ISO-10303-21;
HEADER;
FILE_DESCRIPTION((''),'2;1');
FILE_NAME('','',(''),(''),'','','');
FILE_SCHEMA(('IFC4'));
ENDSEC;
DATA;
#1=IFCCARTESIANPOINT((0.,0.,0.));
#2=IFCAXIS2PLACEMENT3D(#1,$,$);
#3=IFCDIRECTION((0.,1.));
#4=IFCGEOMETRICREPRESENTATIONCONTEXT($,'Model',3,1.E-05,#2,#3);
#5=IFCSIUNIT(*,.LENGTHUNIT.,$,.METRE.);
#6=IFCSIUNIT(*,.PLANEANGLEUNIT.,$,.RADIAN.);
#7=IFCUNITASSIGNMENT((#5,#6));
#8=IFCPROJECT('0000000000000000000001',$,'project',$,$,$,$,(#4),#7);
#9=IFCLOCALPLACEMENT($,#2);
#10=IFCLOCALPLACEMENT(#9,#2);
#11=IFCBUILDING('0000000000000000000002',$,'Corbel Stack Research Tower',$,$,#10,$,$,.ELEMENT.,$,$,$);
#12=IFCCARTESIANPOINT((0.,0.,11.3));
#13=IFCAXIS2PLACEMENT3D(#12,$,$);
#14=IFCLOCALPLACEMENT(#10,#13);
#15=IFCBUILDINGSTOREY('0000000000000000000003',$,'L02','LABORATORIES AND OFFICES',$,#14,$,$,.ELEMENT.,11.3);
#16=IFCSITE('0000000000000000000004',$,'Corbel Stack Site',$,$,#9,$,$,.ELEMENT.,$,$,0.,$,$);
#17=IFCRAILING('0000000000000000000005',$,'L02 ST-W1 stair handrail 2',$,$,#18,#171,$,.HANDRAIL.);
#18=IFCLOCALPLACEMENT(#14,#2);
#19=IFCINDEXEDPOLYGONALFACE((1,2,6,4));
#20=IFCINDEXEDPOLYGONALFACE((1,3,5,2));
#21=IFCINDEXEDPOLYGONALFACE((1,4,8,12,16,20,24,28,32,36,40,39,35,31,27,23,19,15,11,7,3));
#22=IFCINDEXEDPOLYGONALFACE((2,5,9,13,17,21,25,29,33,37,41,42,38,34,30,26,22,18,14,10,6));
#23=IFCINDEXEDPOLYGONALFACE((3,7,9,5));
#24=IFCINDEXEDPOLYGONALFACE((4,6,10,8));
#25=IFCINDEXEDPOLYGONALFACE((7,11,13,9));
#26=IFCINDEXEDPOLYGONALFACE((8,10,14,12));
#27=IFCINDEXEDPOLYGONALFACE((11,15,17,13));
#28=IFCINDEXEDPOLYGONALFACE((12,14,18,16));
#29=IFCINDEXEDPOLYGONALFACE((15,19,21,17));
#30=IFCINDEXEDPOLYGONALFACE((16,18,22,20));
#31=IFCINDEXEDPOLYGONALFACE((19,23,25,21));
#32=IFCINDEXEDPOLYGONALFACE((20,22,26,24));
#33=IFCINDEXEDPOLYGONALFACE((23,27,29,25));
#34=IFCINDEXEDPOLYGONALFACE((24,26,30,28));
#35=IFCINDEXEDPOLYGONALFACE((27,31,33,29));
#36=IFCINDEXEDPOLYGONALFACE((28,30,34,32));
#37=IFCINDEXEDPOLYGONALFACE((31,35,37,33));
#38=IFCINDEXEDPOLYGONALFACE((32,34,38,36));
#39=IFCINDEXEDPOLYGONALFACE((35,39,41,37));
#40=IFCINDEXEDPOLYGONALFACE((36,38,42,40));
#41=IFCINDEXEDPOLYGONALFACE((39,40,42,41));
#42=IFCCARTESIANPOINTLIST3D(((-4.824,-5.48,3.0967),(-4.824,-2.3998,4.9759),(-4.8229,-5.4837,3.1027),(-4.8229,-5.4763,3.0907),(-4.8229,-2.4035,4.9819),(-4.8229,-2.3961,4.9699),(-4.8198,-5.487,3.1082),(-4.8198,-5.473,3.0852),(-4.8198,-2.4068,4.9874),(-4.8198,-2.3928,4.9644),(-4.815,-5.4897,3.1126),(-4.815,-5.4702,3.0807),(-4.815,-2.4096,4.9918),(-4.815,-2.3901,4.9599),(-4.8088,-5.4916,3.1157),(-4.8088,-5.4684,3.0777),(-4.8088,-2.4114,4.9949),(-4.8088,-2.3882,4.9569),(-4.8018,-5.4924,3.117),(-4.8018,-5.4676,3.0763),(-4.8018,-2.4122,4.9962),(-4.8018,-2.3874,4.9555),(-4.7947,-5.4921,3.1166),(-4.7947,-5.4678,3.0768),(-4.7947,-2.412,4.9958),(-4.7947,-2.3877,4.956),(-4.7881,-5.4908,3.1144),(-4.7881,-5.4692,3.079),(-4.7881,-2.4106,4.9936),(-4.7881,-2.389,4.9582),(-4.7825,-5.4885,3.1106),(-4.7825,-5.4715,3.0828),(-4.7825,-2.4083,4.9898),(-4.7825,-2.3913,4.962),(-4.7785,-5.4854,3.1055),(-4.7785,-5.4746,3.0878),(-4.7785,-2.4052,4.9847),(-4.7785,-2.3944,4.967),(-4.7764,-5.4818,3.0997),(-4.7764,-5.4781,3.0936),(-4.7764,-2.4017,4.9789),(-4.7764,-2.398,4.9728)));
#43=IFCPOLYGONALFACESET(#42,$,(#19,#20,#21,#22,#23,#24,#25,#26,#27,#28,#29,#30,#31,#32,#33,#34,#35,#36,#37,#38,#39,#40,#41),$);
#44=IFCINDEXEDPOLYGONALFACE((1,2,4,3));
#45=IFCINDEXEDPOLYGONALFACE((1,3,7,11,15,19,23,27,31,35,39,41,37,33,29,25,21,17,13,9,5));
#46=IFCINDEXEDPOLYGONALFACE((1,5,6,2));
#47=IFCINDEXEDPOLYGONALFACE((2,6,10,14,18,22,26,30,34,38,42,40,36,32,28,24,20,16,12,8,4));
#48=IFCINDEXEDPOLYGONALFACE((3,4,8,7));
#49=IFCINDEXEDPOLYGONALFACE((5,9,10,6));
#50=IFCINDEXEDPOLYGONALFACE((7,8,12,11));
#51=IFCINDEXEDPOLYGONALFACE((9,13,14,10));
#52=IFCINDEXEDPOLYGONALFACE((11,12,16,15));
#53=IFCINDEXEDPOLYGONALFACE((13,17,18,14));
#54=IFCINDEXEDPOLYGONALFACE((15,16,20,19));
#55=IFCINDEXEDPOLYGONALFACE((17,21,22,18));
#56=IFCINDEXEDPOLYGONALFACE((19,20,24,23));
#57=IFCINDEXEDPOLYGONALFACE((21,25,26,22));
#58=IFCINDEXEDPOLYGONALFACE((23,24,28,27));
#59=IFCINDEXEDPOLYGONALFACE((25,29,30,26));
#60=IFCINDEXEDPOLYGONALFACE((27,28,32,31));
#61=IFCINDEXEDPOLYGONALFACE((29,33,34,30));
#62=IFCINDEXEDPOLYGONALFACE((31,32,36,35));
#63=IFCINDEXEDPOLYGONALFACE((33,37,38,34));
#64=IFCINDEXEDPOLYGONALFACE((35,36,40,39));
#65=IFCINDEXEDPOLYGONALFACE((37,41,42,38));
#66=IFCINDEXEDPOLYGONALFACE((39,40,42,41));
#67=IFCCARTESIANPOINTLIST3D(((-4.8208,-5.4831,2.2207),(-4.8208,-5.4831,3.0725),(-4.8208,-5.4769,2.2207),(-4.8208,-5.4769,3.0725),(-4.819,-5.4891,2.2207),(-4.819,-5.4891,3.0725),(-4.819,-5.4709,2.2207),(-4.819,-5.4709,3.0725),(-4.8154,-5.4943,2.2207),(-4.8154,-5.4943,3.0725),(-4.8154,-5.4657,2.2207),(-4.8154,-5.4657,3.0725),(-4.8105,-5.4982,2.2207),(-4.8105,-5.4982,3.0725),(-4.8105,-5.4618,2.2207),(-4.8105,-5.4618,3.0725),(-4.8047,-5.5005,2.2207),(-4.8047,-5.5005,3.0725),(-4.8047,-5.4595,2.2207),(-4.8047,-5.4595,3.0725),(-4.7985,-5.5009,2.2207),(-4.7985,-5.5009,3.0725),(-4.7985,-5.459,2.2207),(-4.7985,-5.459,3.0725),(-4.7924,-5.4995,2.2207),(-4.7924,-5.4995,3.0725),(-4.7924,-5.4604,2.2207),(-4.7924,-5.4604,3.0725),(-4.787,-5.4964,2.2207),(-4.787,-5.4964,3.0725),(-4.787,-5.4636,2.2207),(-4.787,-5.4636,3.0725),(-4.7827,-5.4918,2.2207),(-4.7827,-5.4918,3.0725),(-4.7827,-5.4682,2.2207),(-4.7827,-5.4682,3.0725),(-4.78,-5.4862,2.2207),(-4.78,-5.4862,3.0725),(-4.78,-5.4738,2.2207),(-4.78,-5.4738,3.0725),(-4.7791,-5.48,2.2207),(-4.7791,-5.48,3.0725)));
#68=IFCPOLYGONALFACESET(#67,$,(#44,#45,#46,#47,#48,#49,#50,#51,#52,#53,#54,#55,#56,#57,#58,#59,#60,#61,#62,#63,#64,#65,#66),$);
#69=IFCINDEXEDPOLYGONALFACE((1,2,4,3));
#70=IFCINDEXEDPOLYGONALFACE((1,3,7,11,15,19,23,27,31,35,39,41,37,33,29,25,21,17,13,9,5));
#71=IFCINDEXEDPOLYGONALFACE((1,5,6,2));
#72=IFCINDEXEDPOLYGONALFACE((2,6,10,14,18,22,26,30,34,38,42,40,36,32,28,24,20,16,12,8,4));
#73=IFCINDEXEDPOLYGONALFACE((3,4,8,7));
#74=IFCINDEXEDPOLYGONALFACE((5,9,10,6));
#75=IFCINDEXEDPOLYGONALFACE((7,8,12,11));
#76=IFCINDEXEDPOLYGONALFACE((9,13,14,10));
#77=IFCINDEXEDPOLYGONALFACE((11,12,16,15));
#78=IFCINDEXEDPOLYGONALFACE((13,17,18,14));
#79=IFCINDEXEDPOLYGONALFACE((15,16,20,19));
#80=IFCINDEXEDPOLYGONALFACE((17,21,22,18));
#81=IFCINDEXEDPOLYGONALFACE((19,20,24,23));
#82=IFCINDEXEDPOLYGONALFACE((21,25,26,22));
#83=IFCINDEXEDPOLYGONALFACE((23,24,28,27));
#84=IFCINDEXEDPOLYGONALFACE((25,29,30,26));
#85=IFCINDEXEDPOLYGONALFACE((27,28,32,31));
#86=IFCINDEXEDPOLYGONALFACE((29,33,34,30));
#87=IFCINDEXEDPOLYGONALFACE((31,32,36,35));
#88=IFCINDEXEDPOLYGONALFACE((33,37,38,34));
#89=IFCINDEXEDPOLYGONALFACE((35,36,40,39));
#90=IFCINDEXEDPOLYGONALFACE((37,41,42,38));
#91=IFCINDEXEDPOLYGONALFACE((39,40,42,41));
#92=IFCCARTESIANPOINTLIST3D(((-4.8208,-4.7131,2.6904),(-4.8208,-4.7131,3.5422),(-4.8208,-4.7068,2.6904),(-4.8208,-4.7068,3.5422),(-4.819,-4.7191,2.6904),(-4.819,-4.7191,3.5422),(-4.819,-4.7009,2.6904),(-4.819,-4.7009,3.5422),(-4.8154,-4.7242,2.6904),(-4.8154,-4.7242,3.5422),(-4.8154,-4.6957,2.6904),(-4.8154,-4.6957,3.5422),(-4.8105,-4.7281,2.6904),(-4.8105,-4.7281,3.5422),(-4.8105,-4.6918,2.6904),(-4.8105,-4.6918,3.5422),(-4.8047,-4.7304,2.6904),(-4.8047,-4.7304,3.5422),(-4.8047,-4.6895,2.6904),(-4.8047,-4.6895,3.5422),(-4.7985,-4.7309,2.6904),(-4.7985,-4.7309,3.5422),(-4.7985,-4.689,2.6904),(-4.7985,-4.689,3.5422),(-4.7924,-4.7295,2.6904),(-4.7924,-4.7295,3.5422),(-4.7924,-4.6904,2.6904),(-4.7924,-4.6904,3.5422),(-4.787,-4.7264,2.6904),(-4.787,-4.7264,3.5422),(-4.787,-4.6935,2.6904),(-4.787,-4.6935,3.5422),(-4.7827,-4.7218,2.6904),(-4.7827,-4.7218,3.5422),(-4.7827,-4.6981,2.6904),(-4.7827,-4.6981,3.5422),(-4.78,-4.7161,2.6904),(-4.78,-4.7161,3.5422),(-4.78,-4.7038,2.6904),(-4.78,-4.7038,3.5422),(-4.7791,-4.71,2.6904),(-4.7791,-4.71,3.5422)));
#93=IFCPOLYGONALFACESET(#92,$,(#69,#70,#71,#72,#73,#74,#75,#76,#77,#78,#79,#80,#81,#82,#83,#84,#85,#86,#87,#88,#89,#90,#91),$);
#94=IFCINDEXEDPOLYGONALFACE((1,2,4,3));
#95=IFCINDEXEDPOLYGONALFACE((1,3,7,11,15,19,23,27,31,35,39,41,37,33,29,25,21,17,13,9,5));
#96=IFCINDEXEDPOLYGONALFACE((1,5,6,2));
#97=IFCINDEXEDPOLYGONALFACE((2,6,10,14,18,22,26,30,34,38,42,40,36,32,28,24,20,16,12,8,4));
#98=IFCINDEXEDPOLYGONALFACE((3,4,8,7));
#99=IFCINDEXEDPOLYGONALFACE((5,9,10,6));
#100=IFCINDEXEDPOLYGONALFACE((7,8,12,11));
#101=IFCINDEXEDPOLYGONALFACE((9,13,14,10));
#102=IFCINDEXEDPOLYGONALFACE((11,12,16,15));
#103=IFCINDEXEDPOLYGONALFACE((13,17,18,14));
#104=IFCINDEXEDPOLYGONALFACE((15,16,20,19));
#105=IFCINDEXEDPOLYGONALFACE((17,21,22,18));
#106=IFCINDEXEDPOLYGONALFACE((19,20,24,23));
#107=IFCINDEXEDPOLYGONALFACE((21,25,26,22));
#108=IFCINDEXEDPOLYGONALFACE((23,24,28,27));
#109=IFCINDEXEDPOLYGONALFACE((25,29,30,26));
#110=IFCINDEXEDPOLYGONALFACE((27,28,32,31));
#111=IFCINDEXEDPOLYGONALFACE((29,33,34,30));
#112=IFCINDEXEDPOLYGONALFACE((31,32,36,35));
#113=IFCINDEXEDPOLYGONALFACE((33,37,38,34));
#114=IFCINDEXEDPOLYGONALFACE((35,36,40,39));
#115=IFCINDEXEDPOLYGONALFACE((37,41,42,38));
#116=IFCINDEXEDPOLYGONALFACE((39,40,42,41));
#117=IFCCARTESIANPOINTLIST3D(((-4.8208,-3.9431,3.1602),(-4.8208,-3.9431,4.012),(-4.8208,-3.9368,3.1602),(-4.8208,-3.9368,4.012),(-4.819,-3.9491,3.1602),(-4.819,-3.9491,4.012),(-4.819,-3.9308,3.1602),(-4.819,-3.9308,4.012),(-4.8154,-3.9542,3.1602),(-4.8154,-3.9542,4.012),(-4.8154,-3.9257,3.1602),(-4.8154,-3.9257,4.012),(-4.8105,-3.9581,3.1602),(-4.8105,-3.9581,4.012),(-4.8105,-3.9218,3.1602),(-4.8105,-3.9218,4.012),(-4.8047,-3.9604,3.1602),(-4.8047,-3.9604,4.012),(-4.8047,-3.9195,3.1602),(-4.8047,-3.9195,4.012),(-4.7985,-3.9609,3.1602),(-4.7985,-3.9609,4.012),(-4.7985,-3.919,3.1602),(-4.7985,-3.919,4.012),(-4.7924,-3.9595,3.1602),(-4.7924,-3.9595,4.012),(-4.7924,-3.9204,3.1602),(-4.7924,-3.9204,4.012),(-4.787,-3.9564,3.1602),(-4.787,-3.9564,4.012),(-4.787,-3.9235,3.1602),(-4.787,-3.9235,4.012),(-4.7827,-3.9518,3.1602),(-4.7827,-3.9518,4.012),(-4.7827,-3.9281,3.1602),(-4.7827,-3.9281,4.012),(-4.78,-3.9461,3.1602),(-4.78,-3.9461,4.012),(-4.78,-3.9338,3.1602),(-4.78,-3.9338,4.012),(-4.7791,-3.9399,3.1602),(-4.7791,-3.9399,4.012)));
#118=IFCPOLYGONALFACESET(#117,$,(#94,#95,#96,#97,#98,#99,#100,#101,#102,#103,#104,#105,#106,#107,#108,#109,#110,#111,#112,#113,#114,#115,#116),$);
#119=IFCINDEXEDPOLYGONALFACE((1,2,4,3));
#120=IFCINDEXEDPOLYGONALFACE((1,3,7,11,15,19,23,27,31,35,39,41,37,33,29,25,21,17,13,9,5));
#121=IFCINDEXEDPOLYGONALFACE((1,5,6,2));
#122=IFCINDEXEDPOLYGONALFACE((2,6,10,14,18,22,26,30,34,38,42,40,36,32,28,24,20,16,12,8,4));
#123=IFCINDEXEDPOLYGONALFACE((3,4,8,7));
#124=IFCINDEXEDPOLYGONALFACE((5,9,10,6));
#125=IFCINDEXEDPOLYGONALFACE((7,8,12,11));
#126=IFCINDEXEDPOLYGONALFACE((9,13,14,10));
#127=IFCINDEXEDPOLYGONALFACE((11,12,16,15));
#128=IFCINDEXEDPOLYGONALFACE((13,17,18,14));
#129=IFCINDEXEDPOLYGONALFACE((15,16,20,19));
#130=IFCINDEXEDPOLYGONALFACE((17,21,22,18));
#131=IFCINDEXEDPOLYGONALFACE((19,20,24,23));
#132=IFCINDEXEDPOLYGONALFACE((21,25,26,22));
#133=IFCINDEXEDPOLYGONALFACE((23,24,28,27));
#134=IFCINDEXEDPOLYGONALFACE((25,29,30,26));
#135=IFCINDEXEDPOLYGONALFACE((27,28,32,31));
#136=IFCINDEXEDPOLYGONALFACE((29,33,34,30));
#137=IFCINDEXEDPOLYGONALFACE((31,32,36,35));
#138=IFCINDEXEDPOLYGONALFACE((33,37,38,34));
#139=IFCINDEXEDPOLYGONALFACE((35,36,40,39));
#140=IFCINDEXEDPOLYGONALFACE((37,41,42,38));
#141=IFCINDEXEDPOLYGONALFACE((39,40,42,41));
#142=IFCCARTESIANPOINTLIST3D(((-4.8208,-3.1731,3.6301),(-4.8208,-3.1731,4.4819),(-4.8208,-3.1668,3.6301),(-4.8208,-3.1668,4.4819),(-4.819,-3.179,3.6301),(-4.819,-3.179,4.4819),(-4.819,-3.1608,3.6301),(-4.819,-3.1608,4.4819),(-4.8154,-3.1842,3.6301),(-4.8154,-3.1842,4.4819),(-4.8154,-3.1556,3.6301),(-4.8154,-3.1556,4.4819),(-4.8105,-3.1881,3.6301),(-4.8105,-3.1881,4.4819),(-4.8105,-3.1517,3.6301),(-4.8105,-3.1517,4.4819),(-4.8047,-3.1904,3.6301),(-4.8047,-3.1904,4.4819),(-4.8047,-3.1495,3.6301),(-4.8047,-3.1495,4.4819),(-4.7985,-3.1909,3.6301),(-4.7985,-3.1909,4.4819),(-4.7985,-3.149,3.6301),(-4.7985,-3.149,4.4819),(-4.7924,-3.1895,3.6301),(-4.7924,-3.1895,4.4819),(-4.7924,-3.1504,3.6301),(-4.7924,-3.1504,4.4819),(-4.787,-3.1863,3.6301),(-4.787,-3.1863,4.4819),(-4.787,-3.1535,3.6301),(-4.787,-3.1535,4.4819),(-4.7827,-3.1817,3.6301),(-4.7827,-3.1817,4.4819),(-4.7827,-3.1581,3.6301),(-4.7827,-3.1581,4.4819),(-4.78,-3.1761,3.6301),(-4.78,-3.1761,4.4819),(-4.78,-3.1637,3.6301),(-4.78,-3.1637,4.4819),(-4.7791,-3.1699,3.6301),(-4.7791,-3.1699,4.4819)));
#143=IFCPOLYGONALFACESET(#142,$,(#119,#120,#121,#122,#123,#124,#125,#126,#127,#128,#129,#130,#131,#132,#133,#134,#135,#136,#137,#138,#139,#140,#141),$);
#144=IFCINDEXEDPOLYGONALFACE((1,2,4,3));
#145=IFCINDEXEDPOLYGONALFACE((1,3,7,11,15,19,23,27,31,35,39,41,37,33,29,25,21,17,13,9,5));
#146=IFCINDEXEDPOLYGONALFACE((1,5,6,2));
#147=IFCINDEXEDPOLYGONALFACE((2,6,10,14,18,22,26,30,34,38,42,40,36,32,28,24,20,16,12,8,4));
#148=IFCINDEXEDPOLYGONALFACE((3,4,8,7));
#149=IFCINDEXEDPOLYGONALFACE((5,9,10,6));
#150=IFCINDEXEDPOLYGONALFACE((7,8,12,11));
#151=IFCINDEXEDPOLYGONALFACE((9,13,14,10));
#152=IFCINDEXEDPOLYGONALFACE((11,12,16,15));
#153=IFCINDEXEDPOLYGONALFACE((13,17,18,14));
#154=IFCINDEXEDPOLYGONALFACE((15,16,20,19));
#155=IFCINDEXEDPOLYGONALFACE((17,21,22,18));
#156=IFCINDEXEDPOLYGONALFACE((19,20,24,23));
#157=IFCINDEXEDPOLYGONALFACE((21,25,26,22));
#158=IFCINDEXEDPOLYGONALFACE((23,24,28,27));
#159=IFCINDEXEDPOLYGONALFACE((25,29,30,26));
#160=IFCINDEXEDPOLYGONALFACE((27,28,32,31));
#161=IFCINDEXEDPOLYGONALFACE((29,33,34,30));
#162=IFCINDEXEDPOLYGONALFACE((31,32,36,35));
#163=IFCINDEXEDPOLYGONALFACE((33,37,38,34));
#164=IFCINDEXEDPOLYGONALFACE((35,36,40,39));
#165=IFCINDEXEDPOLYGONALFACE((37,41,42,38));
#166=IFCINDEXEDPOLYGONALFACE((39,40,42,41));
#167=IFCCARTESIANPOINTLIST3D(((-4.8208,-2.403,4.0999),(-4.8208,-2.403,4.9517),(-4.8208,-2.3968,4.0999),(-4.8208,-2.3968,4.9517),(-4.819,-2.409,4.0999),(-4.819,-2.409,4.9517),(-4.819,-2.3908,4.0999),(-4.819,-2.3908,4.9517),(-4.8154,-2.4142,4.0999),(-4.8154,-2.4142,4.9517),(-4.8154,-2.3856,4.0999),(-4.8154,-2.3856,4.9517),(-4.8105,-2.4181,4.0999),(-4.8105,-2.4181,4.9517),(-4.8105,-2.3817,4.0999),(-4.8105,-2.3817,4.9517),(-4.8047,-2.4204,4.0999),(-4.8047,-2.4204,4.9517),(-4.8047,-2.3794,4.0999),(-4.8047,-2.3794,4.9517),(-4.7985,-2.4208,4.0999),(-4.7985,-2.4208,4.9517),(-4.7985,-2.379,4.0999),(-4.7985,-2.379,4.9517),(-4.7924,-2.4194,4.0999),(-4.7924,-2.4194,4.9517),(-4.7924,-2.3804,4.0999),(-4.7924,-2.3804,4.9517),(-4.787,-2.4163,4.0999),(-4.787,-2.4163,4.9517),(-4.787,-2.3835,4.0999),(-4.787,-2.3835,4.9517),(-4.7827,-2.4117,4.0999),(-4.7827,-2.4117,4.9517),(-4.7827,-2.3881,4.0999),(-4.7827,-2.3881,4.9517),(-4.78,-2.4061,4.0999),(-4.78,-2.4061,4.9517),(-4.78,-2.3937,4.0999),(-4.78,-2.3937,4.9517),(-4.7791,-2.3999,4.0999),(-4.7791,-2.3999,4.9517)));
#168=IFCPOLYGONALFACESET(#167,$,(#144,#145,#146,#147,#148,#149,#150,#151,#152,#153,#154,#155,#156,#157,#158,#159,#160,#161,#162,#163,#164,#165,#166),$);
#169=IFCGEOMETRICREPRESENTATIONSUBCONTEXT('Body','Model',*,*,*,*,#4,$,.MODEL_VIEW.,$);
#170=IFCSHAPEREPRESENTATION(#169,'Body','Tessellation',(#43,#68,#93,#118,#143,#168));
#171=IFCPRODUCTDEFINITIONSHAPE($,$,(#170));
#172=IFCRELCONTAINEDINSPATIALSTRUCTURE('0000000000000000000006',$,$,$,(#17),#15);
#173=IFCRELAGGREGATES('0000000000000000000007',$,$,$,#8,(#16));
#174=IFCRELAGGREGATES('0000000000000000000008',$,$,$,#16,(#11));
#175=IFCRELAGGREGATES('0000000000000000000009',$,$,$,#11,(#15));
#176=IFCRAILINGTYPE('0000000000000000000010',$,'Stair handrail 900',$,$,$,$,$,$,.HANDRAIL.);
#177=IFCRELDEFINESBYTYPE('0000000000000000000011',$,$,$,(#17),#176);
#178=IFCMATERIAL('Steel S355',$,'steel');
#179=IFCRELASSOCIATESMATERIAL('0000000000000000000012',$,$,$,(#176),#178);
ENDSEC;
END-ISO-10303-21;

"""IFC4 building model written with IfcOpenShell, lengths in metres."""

from ifc_helpers import new_model, si_unit, direction, frame, origin, origin_2d, place, context, subcontext, project, spatial, circle, extrude, material, type_object, element, save


model = new_model("IFC4")

# Units and contexts
model_context = context("Model", 3, precision=1e-05, world=origin(), true_north=direction((0.0, 1.0)))
body_context = subcontext(model_context, "Body", "Model", "MODEL_VIEW")
ifc_project = project(units=[si_unit("LENGTHUNIT", "METRE"), si_unit("PLANEANGLEUNIT", "RADIAN")], contexts=[model_context])

# Site, building, storey
site_placement = place(None, origin())
site = spatial("IfcSite", under=ifc_project, at=site_placement, Name="Corbel Stack Site", CompositionType="ELEMENT", RefElevation=0.0)
building_placement = place(site_placement, origin())
building = spatial("IfcBuilding", under=site, at=building_placement, Name="Corbel Stack Research Tower", CompositionType="ELEMENT")
storey_placement = place(building_placement, frame((0.0, 0.0, 11.3)))
storey = spatial("IfcBuildingStorey", under=building, at=storey_placement, Name="L02", Description="LABORATORIES AND OFFICES", CompositionType="ELEMENT", Elevation=11.3)

# Railing
ifc_material_1 = material(Name="Steel S355", Category="steel")
railing_type_1 = type_object("IfcRailingType", Name="Stair handrail 900", PredefinedType="HANDRAIL", material=ifc_material_1)
railing_1_placement = place(storey_placement, frame((-4.8, -5.48, 2.2207)))
element("IfcRailing", 1, at=railing_1_placement, inside=storey, type_object=railing_type_1, Name="L02 ST-W1 stair handrail 2", PredefinedType="HANDRAIL", context=body_context, shape_type="SweptSolid", body=[
    extrude(circle(Radius=0.0239, at=origin_2d()), frame((0.0, 0.0, 0.876), z_axis=(0.0, 0.853666, 0.52082), x_axis=(-1.0, 0.0, 0.0)), (0.0, 0.0, 1.0), 3.6082),
    extrude(circle(Radius=0.021, at=origin_2d()), origin(), (0.0, 0.0, 1.0), 0.8518),
    extrude(circle(Radius=0.021, at=origin_2d()), frame((0.0, 0.77, 0.4697)), (0.0, 0.0, 1.0), 0.8518),
    extrude(circle(Radius=0.021, at=origin_2d()), frame((0.0, 1.54, 0.9395)), (0.0, 0.0, 1.0), 0.8518),
    extrude(circle(Radius=0.021, at=origin_2d()), frame((0.0, 2.3101, 1.4094)), (0.0, 0.0, 1.0), 0.8518),
    extrude(circle(Radius=0.021, at=origin_2d()), frame((0.0, 3.0801, 1.8792)), (0.0, 0.0, 1.0), 0.8518),
])

save(model, "model.ifc")
